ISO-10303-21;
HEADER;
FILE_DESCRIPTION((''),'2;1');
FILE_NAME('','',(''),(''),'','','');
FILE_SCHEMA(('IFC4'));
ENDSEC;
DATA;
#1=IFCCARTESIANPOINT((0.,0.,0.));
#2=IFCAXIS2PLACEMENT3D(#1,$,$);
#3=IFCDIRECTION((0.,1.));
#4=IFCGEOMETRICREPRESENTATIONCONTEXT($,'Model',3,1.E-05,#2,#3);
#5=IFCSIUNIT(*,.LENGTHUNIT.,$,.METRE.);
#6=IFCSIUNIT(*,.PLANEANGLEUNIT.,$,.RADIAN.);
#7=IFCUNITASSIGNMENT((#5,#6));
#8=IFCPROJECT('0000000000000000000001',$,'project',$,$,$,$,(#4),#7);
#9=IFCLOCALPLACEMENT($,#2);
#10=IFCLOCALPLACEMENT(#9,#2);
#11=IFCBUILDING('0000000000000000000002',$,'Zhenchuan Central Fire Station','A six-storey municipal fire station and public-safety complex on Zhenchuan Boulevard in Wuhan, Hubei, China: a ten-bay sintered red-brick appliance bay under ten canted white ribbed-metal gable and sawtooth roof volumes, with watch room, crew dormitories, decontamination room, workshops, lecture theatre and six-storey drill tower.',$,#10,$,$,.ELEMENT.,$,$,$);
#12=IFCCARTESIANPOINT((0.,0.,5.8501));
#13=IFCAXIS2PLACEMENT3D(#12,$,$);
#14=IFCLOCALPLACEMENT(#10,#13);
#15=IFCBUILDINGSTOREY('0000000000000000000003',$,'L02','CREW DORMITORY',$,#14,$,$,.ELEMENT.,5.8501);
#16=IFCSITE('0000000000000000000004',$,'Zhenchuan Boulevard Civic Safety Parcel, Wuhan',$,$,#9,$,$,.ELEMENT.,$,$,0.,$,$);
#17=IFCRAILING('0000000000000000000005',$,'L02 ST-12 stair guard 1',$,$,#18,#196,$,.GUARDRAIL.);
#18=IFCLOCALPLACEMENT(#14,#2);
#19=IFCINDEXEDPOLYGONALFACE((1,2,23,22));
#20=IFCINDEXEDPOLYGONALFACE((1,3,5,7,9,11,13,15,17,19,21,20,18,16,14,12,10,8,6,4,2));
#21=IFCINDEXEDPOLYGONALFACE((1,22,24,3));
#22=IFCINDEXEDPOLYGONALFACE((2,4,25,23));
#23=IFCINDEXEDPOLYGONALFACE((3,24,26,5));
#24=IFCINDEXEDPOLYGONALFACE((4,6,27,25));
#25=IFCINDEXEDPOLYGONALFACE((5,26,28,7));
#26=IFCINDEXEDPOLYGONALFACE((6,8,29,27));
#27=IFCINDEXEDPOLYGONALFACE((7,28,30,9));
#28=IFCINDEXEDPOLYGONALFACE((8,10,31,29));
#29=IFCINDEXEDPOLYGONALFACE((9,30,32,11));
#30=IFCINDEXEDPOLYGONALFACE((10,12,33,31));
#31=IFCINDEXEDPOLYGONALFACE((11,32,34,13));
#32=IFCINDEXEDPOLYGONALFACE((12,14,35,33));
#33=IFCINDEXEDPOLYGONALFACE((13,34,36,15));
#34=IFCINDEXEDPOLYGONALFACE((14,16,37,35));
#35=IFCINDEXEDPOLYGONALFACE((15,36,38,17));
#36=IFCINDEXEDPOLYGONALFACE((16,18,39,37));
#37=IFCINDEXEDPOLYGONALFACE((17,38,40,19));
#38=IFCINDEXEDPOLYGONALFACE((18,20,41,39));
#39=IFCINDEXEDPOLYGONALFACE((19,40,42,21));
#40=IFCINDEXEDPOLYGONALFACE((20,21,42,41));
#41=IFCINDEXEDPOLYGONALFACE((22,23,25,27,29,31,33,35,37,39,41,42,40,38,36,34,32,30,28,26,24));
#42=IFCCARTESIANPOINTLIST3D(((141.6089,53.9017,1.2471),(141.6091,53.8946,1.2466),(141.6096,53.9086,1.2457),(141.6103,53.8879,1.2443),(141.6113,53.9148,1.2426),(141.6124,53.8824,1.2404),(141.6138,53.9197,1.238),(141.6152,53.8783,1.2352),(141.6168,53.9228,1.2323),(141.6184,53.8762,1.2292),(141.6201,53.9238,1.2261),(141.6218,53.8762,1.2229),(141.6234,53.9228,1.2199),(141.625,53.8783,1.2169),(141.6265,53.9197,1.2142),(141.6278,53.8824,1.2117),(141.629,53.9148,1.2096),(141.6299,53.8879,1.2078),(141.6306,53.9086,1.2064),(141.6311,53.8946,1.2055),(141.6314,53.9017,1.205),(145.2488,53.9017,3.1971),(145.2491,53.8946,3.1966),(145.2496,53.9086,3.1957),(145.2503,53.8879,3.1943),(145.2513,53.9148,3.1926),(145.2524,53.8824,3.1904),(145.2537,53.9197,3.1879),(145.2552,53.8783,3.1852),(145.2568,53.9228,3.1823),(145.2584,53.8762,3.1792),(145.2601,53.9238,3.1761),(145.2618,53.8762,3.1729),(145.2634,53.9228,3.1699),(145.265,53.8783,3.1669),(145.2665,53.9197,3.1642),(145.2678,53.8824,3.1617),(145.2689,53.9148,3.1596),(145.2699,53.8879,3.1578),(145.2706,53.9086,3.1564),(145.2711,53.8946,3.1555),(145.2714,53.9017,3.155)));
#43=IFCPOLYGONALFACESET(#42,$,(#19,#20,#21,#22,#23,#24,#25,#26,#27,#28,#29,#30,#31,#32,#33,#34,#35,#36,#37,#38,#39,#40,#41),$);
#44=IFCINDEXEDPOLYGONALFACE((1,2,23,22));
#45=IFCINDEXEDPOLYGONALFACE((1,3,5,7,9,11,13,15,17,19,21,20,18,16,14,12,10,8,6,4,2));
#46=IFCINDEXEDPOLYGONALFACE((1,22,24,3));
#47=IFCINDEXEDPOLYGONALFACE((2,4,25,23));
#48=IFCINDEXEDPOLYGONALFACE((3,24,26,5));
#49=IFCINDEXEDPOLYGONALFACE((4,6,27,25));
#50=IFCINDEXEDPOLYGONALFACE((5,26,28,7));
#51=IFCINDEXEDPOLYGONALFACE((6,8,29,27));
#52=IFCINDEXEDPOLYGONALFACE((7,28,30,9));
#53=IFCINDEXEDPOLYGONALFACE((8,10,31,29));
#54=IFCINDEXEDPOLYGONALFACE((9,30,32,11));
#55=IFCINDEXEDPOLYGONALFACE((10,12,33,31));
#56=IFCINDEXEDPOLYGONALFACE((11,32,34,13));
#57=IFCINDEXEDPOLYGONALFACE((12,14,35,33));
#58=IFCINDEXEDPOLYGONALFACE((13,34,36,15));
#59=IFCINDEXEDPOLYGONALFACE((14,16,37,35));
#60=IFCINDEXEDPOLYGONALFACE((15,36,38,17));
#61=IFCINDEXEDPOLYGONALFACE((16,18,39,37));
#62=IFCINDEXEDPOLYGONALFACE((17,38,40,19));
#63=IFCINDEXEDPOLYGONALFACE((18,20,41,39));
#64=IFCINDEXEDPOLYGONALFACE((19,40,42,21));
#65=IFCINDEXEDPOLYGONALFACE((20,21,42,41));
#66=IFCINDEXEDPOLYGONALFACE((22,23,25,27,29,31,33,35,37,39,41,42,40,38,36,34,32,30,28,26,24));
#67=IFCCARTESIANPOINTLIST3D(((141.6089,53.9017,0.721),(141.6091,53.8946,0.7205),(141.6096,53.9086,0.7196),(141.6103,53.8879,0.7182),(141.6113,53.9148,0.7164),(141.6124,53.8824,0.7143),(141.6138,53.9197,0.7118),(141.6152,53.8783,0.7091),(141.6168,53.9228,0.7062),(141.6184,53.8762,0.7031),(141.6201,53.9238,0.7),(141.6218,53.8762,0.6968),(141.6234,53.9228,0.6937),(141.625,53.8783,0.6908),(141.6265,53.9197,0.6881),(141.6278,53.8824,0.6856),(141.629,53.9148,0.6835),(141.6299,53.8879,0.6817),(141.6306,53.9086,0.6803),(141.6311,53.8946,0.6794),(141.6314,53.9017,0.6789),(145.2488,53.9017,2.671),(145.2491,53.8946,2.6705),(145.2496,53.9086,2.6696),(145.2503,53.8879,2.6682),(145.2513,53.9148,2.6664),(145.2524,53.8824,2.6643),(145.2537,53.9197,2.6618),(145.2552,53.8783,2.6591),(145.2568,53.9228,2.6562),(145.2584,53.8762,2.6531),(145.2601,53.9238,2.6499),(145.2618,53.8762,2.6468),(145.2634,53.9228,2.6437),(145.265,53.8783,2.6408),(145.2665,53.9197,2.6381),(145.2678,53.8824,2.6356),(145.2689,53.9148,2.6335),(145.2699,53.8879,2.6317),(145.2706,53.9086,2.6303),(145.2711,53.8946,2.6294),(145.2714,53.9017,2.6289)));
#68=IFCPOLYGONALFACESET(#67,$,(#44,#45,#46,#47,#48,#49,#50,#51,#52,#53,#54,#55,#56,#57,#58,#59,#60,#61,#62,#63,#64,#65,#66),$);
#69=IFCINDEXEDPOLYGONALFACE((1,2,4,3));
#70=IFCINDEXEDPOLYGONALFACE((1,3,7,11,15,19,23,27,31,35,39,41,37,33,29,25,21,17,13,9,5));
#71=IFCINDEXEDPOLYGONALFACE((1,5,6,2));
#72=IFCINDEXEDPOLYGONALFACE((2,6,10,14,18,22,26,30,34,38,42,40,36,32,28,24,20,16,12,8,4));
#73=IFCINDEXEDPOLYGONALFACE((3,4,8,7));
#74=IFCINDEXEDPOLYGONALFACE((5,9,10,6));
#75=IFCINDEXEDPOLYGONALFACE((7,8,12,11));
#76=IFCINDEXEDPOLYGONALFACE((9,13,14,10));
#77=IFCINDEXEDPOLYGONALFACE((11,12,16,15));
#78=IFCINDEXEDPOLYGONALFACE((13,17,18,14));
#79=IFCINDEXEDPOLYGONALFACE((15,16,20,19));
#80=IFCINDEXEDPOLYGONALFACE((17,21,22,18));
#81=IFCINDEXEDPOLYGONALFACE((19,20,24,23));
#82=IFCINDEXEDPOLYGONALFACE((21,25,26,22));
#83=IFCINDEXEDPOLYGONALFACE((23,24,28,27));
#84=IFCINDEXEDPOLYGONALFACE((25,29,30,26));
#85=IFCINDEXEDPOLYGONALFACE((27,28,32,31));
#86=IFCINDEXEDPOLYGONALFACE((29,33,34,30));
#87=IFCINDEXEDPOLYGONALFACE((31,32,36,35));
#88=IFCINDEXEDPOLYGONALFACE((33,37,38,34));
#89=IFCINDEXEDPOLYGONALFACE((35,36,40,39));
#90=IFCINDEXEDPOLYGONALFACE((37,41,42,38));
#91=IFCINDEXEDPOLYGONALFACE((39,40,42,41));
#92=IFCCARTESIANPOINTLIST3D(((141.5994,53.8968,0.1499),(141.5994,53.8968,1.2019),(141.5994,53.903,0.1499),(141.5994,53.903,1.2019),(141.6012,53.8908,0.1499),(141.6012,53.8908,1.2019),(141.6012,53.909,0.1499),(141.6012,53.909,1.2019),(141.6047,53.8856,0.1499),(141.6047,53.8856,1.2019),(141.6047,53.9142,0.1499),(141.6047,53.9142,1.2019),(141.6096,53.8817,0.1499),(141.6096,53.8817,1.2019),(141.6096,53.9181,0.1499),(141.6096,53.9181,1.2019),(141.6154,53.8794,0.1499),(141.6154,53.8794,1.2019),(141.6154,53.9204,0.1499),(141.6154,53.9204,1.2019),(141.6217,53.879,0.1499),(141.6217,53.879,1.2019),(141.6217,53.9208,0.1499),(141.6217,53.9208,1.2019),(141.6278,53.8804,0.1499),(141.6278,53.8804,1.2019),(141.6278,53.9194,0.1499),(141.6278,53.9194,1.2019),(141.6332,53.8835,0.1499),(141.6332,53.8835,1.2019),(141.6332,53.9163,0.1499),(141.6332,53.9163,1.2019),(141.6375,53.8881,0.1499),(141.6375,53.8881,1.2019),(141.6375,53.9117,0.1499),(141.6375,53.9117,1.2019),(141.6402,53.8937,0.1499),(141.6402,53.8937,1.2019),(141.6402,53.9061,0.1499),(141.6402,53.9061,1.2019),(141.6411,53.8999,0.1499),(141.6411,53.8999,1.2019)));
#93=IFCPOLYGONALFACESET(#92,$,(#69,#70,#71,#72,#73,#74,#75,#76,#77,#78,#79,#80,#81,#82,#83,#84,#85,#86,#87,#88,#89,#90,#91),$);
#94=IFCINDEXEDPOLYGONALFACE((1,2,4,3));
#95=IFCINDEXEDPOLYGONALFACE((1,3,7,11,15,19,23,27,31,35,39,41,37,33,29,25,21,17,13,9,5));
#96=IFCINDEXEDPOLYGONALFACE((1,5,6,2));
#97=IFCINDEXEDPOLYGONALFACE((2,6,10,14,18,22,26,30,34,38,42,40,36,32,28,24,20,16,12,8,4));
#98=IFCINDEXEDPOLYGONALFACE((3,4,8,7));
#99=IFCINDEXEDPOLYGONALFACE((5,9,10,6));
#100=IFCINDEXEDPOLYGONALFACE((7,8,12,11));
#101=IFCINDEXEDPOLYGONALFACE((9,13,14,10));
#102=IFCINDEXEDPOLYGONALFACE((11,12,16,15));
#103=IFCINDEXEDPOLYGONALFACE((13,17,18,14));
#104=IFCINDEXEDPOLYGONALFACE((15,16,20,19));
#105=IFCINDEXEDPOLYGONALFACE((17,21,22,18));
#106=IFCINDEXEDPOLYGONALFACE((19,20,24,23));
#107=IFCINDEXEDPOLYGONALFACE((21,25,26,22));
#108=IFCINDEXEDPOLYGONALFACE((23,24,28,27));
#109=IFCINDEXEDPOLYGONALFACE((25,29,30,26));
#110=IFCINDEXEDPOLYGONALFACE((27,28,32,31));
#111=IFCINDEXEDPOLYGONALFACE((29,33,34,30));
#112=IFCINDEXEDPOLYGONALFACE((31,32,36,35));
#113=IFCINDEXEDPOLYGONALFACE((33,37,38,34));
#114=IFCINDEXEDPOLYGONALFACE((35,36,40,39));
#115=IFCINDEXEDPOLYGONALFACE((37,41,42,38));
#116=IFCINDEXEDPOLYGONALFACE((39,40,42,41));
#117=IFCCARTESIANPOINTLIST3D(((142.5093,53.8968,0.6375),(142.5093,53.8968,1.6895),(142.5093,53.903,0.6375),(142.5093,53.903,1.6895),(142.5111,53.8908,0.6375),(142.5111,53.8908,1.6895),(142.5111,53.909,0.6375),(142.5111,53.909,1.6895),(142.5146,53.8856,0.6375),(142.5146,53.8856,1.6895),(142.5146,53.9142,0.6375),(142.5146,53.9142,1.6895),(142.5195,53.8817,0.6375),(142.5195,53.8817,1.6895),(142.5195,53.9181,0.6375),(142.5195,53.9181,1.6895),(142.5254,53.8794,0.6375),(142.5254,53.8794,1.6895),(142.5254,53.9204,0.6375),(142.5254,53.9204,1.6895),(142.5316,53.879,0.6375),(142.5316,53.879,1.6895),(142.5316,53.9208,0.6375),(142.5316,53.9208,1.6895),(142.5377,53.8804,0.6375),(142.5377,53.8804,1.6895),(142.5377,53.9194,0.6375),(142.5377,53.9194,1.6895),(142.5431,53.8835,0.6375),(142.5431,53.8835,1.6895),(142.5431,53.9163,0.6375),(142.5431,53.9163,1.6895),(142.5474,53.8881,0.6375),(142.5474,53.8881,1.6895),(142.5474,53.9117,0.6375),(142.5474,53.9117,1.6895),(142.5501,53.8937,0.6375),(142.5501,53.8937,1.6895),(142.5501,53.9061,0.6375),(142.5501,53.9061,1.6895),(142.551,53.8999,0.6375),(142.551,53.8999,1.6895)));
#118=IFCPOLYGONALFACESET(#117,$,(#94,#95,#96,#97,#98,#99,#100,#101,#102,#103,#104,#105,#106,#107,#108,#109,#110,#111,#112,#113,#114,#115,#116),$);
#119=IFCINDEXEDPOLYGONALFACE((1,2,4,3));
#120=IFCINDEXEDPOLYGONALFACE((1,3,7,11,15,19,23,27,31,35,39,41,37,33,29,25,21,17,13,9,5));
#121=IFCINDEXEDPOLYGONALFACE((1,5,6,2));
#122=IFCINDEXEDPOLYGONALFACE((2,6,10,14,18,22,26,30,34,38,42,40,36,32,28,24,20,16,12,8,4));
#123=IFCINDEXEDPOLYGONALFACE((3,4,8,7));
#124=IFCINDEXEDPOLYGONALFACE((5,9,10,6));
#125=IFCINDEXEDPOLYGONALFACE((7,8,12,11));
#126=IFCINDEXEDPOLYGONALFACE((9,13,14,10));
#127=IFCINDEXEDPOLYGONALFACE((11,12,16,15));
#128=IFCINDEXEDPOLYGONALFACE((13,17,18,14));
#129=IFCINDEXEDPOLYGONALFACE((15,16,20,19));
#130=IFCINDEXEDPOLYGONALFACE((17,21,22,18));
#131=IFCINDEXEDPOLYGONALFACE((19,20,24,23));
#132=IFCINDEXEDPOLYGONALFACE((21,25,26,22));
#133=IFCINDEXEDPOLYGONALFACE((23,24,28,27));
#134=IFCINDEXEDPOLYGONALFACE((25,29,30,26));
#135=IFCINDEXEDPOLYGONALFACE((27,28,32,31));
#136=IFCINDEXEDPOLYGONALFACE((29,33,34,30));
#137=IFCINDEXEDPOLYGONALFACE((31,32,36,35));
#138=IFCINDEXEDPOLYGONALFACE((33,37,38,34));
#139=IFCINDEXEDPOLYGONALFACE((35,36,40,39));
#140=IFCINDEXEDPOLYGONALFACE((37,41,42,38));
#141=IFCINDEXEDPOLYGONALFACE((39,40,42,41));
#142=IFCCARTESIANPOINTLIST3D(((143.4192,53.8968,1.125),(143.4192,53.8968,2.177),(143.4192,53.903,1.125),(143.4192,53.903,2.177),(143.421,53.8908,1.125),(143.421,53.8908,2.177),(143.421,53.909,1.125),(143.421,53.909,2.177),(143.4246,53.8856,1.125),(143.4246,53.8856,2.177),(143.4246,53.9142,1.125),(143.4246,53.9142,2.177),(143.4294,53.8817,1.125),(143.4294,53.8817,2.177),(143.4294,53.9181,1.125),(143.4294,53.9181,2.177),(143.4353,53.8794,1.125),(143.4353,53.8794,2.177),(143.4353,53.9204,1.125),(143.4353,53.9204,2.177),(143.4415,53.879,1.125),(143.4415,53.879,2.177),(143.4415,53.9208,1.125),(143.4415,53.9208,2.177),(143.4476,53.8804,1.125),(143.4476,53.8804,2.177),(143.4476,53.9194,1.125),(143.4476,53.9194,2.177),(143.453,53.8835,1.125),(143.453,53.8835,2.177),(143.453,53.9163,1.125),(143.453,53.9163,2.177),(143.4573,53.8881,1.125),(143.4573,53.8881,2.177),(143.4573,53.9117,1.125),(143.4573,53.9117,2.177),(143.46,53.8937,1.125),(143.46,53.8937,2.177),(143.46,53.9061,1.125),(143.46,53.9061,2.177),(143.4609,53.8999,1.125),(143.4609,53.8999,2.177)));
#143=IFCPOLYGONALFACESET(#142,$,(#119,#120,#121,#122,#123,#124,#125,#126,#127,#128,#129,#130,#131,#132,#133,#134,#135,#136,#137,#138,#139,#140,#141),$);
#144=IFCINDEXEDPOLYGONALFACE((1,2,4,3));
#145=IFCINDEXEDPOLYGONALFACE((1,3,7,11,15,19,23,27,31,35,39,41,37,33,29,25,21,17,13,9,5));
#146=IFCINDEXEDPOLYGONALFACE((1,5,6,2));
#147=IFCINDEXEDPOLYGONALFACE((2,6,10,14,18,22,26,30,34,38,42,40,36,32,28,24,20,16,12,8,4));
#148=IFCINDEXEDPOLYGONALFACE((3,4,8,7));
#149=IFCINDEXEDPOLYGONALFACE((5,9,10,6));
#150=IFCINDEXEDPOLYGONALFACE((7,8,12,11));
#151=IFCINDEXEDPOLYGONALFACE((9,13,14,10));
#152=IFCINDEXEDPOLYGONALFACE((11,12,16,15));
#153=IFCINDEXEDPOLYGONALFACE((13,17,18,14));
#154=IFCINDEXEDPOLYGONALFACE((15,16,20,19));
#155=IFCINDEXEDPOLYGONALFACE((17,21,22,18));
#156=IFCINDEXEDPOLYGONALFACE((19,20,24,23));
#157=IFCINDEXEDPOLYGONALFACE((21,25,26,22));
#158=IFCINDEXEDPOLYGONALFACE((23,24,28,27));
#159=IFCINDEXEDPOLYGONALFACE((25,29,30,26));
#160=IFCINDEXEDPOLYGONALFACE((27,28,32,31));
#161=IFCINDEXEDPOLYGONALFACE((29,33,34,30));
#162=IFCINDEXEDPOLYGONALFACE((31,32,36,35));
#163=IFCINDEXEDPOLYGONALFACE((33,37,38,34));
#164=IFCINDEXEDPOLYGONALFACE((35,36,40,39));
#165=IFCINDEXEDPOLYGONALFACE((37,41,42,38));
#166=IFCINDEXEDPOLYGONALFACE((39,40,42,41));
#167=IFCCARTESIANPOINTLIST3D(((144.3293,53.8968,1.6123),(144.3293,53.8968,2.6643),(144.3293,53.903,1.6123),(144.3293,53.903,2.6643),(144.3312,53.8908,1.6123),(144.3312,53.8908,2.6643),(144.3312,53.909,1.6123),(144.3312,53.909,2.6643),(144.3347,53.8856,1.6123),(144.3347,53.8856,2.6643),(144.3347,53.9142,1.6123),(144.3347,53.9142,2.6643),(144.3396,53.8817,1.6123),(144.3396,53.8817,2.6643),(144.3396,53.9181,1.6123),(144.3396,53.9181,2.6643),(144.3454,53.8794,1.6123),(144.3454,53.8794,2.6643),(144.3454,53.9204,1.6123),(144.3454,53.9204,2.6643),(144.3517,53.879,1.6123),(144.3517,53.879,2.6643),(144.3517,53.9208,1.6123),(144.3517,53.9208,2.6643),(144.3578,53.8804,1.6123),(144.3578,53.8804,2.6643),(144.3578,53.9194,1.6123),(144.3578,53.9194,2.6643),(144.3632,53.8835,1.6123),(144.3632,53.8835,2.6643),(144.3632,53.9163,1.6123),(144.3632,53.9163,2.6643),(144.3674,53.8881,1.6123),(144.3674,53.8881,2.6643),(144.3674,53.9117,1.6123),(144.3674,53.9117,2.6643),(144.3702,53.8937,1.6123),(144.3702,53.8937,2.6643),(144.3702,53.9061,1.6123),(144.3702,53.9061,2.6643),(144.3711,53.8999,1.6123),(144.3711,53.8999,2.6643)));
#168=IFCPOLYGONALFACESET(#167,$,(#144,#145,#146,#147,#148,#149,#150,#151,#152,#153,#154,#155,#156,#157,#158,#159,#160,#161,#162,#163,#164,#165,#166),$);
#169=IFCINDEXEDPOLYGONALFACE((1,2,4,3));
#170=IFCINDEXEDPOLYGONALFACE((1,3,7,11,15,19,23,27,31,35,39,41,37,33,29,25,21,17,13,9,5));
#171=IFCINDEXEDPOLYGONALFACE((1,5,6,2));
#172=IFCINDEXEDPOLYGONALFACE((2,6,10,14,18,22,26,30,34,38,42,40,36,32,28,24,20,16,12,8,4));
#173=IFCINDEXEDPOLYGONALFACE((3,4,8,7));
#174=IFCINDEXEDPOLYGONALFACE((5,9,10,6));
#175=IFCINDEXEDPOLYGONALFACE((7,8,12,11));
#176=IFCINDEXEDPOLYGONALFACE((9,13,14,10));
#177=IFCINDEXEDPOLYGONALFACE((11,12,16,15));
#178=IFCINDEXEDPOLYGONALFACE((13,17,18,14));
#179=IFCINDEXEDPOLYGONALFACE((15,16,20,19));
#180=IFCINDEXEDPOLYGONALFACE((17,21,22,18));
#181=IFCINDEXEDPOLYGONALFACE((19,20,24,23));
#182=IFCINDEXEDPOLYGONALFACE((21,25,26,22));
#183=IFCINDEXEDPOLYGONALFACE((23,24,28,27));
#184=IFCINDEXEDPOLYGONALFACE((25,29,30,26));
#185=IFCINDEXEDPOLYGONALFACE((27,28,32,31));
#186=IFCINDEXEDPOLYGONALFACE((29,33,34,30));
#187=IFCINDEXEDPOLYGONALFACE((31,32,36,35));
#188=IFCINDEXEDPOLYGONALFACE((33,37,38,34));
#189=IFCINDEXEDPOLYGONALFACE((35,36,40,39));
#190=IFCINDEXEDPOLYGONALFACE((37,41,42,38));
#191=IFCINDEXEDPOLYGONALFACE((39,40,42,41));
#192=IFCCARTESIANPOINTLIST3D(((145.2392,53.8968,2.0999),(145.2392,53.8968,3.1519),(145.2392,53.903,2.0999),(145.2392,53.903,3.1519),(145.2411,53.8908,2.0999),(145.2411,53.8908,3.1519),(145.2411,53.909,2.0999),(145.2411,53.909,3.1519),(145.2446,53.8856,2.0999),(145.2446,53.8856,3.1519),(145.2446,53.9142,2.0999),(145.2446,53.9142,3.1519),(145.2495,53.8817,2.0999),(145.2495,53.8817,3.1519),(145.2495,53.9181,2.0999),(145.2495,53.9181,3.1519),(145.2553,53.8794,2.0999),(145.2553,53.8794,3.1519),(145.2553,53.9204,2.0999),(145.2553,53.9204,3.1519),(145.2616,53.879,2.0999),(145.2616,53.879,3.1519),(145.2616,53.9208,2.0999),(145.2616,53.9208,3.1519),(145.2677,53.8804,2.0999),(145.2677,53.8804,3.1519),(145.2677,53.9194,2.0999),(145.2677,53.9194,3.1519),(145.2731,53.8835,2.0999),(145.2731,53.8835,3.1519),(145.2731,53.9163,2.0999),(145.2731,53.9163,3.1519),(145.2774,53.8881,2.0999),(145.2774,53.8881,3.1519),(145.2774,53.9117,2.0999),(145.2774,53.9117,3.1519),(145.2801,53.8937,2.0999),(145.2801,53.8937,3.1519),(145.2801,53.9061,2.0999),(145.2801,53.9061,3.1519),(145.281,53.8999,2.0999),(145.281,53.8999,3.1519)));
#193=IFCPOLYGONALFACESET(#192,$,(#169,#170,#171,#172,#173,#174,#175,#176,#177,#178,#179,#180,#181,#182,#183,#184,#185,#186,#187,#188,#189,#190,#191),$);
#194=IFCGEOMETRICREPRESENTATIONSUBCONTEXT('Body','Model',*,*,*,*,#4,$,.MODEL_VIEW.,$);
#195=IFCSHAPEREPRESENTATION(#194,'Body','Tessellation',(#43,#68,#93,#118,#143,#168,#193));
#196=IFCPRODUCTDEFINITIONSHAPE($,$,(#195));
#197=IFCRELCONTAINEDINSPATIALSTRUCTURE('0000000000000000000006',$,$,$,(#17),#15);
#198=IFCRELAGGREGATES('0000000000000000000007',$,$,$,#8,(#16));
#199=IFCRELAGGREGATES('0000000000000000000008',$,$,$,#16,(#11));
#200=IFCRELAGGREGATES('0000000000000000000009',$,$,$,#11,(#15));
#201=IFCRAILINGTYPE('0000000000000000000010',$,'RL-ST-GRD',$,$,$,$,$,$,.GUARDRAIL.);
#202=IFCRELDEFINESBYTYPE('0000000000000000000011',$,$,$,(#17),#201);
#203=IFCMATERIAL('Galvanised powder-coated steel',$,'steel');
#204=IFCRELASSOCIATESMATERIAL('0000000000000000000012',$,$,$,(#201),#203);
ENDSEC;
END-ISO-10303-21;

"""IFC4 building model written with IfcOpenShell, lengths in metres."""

from ifc_helpers import new_model, si_unit, direction, frame, origin, origin_2d, place, context, subcontext, project, spatial, circle, extrude, material, type_object, element, save


model = new_model("IFC4")

# Units and contexts
model_context = context("Model", 3, precision=1e-05, world=origin(), true_north=direction((0.0, 1.0)))
body_context = subcontext(model_context, "Body", "Model", "MODEL_VIEW")
ifc_project = project(units=[si_unit("LENGTHUNIT", "METRE"), si_unit("PLANEANGLEUNIT", "RADIAN")], contexts=[model_context])

# Site, building, storey
site_placement = place(None, origin())
site = spatial("IfcSite", under=ifc_project, at=site_placement, Name="Zhenchuan Boulevard Civic Safety Parcel, Wuhan", CompositionType="ELEMENT", RefElevation=0.0)
building_placement = place(site_placement, origin())
building = spatial("IfcBuilding", under=site, at=building_placement, Name="Zhenchuan Central Fire Station", Description="A six-storey municipal fire station and public-safety complex on Zhenchuan Boulevard in Wuhan, Hubei, China: a ten-bay sintered red-brick appliance bay under ten canted white ribbed-metal gable and sawtooth roof volumes, with watch room, crew dormitories, decontamination room, workshops, lecture theatre and six-storey drill tower.", CompositionType="ELEMENT")
storey_placement = place(building_placement, frame((0.0, 0.0, 5.8501)))
storey = spatial("IfcBuildingStorey", under=building, at=storey_placement, Name="L02", Description="CREW DORMITORY", CompositionType="ELEMENT", Elevation=5.8501)

# Railing
ifc_material_1 = material(Name="Galvanised powder-coated steel", Category="steel")
railing_type_1 = type_object("IfcRailingType", Name="RL-ST-GRD", PredefinedType="GUARDRAIL", material=ifc_material_1)
railing_1_placement = place(storey_placement, frame((141.6201, 53.8999, 0.1499)))
element("IfcRailing", 1, at=railing_1_placement, inside=storey, type_object=railing_type_1, Name="L02 ST-12 stair guard 1", PredefinedType="GUARDRAIL", context=body_context, shape_type="SweptSolid", body=[
    extrude(circle(Radius=0.0239, at=origin_2d()), frame((0.0, 0.0, 1.0762), z_axis=(0.881479, 0.0, 0.472223), x_axis=(0.0, 1.0, 0.0)), (0.0, 0.0, 1.0), 4.1294),
    extrude(circle(Radius=0.0239, at=origin_2d()), frame((0.0, 0.0, 0.55), z_axis=(0.881479, 0.0, 0.472223), x_axis=(0.0, 1.0, 0.0)), (0.0, 0.0, 1.0), 4.1294),
    extrude(circle(Radius=0.021, at=origin_2d()), origin(), (0.0, 0.0, 1.0), 1.052),
    extrude(circle(Radius=0.021, at=origin_2d()), frame((0.9099, 0.0, 0.4875)), (0.0, 0.0, 1.0), 1.052),
    extrude(circle(Radius=0.021, at=origin_2d()), frame((1.8198, 0.0, 0.9751)), (0.0, 0.0, 1.0), 1.052),
    extrude(circle(Radius=0.021, at=origin_2d()), frame((2.73, 0.0, 1.4624)), (0.0, 0.0, 1.0), 1.052),
    extrude(circle(Radius=0.021, at=origin_2d()), frame((3.6399, 0.0, 1.95)), (0.0, 0.0, 1.0), 1.052),
])

save(model, "model.ifc")
